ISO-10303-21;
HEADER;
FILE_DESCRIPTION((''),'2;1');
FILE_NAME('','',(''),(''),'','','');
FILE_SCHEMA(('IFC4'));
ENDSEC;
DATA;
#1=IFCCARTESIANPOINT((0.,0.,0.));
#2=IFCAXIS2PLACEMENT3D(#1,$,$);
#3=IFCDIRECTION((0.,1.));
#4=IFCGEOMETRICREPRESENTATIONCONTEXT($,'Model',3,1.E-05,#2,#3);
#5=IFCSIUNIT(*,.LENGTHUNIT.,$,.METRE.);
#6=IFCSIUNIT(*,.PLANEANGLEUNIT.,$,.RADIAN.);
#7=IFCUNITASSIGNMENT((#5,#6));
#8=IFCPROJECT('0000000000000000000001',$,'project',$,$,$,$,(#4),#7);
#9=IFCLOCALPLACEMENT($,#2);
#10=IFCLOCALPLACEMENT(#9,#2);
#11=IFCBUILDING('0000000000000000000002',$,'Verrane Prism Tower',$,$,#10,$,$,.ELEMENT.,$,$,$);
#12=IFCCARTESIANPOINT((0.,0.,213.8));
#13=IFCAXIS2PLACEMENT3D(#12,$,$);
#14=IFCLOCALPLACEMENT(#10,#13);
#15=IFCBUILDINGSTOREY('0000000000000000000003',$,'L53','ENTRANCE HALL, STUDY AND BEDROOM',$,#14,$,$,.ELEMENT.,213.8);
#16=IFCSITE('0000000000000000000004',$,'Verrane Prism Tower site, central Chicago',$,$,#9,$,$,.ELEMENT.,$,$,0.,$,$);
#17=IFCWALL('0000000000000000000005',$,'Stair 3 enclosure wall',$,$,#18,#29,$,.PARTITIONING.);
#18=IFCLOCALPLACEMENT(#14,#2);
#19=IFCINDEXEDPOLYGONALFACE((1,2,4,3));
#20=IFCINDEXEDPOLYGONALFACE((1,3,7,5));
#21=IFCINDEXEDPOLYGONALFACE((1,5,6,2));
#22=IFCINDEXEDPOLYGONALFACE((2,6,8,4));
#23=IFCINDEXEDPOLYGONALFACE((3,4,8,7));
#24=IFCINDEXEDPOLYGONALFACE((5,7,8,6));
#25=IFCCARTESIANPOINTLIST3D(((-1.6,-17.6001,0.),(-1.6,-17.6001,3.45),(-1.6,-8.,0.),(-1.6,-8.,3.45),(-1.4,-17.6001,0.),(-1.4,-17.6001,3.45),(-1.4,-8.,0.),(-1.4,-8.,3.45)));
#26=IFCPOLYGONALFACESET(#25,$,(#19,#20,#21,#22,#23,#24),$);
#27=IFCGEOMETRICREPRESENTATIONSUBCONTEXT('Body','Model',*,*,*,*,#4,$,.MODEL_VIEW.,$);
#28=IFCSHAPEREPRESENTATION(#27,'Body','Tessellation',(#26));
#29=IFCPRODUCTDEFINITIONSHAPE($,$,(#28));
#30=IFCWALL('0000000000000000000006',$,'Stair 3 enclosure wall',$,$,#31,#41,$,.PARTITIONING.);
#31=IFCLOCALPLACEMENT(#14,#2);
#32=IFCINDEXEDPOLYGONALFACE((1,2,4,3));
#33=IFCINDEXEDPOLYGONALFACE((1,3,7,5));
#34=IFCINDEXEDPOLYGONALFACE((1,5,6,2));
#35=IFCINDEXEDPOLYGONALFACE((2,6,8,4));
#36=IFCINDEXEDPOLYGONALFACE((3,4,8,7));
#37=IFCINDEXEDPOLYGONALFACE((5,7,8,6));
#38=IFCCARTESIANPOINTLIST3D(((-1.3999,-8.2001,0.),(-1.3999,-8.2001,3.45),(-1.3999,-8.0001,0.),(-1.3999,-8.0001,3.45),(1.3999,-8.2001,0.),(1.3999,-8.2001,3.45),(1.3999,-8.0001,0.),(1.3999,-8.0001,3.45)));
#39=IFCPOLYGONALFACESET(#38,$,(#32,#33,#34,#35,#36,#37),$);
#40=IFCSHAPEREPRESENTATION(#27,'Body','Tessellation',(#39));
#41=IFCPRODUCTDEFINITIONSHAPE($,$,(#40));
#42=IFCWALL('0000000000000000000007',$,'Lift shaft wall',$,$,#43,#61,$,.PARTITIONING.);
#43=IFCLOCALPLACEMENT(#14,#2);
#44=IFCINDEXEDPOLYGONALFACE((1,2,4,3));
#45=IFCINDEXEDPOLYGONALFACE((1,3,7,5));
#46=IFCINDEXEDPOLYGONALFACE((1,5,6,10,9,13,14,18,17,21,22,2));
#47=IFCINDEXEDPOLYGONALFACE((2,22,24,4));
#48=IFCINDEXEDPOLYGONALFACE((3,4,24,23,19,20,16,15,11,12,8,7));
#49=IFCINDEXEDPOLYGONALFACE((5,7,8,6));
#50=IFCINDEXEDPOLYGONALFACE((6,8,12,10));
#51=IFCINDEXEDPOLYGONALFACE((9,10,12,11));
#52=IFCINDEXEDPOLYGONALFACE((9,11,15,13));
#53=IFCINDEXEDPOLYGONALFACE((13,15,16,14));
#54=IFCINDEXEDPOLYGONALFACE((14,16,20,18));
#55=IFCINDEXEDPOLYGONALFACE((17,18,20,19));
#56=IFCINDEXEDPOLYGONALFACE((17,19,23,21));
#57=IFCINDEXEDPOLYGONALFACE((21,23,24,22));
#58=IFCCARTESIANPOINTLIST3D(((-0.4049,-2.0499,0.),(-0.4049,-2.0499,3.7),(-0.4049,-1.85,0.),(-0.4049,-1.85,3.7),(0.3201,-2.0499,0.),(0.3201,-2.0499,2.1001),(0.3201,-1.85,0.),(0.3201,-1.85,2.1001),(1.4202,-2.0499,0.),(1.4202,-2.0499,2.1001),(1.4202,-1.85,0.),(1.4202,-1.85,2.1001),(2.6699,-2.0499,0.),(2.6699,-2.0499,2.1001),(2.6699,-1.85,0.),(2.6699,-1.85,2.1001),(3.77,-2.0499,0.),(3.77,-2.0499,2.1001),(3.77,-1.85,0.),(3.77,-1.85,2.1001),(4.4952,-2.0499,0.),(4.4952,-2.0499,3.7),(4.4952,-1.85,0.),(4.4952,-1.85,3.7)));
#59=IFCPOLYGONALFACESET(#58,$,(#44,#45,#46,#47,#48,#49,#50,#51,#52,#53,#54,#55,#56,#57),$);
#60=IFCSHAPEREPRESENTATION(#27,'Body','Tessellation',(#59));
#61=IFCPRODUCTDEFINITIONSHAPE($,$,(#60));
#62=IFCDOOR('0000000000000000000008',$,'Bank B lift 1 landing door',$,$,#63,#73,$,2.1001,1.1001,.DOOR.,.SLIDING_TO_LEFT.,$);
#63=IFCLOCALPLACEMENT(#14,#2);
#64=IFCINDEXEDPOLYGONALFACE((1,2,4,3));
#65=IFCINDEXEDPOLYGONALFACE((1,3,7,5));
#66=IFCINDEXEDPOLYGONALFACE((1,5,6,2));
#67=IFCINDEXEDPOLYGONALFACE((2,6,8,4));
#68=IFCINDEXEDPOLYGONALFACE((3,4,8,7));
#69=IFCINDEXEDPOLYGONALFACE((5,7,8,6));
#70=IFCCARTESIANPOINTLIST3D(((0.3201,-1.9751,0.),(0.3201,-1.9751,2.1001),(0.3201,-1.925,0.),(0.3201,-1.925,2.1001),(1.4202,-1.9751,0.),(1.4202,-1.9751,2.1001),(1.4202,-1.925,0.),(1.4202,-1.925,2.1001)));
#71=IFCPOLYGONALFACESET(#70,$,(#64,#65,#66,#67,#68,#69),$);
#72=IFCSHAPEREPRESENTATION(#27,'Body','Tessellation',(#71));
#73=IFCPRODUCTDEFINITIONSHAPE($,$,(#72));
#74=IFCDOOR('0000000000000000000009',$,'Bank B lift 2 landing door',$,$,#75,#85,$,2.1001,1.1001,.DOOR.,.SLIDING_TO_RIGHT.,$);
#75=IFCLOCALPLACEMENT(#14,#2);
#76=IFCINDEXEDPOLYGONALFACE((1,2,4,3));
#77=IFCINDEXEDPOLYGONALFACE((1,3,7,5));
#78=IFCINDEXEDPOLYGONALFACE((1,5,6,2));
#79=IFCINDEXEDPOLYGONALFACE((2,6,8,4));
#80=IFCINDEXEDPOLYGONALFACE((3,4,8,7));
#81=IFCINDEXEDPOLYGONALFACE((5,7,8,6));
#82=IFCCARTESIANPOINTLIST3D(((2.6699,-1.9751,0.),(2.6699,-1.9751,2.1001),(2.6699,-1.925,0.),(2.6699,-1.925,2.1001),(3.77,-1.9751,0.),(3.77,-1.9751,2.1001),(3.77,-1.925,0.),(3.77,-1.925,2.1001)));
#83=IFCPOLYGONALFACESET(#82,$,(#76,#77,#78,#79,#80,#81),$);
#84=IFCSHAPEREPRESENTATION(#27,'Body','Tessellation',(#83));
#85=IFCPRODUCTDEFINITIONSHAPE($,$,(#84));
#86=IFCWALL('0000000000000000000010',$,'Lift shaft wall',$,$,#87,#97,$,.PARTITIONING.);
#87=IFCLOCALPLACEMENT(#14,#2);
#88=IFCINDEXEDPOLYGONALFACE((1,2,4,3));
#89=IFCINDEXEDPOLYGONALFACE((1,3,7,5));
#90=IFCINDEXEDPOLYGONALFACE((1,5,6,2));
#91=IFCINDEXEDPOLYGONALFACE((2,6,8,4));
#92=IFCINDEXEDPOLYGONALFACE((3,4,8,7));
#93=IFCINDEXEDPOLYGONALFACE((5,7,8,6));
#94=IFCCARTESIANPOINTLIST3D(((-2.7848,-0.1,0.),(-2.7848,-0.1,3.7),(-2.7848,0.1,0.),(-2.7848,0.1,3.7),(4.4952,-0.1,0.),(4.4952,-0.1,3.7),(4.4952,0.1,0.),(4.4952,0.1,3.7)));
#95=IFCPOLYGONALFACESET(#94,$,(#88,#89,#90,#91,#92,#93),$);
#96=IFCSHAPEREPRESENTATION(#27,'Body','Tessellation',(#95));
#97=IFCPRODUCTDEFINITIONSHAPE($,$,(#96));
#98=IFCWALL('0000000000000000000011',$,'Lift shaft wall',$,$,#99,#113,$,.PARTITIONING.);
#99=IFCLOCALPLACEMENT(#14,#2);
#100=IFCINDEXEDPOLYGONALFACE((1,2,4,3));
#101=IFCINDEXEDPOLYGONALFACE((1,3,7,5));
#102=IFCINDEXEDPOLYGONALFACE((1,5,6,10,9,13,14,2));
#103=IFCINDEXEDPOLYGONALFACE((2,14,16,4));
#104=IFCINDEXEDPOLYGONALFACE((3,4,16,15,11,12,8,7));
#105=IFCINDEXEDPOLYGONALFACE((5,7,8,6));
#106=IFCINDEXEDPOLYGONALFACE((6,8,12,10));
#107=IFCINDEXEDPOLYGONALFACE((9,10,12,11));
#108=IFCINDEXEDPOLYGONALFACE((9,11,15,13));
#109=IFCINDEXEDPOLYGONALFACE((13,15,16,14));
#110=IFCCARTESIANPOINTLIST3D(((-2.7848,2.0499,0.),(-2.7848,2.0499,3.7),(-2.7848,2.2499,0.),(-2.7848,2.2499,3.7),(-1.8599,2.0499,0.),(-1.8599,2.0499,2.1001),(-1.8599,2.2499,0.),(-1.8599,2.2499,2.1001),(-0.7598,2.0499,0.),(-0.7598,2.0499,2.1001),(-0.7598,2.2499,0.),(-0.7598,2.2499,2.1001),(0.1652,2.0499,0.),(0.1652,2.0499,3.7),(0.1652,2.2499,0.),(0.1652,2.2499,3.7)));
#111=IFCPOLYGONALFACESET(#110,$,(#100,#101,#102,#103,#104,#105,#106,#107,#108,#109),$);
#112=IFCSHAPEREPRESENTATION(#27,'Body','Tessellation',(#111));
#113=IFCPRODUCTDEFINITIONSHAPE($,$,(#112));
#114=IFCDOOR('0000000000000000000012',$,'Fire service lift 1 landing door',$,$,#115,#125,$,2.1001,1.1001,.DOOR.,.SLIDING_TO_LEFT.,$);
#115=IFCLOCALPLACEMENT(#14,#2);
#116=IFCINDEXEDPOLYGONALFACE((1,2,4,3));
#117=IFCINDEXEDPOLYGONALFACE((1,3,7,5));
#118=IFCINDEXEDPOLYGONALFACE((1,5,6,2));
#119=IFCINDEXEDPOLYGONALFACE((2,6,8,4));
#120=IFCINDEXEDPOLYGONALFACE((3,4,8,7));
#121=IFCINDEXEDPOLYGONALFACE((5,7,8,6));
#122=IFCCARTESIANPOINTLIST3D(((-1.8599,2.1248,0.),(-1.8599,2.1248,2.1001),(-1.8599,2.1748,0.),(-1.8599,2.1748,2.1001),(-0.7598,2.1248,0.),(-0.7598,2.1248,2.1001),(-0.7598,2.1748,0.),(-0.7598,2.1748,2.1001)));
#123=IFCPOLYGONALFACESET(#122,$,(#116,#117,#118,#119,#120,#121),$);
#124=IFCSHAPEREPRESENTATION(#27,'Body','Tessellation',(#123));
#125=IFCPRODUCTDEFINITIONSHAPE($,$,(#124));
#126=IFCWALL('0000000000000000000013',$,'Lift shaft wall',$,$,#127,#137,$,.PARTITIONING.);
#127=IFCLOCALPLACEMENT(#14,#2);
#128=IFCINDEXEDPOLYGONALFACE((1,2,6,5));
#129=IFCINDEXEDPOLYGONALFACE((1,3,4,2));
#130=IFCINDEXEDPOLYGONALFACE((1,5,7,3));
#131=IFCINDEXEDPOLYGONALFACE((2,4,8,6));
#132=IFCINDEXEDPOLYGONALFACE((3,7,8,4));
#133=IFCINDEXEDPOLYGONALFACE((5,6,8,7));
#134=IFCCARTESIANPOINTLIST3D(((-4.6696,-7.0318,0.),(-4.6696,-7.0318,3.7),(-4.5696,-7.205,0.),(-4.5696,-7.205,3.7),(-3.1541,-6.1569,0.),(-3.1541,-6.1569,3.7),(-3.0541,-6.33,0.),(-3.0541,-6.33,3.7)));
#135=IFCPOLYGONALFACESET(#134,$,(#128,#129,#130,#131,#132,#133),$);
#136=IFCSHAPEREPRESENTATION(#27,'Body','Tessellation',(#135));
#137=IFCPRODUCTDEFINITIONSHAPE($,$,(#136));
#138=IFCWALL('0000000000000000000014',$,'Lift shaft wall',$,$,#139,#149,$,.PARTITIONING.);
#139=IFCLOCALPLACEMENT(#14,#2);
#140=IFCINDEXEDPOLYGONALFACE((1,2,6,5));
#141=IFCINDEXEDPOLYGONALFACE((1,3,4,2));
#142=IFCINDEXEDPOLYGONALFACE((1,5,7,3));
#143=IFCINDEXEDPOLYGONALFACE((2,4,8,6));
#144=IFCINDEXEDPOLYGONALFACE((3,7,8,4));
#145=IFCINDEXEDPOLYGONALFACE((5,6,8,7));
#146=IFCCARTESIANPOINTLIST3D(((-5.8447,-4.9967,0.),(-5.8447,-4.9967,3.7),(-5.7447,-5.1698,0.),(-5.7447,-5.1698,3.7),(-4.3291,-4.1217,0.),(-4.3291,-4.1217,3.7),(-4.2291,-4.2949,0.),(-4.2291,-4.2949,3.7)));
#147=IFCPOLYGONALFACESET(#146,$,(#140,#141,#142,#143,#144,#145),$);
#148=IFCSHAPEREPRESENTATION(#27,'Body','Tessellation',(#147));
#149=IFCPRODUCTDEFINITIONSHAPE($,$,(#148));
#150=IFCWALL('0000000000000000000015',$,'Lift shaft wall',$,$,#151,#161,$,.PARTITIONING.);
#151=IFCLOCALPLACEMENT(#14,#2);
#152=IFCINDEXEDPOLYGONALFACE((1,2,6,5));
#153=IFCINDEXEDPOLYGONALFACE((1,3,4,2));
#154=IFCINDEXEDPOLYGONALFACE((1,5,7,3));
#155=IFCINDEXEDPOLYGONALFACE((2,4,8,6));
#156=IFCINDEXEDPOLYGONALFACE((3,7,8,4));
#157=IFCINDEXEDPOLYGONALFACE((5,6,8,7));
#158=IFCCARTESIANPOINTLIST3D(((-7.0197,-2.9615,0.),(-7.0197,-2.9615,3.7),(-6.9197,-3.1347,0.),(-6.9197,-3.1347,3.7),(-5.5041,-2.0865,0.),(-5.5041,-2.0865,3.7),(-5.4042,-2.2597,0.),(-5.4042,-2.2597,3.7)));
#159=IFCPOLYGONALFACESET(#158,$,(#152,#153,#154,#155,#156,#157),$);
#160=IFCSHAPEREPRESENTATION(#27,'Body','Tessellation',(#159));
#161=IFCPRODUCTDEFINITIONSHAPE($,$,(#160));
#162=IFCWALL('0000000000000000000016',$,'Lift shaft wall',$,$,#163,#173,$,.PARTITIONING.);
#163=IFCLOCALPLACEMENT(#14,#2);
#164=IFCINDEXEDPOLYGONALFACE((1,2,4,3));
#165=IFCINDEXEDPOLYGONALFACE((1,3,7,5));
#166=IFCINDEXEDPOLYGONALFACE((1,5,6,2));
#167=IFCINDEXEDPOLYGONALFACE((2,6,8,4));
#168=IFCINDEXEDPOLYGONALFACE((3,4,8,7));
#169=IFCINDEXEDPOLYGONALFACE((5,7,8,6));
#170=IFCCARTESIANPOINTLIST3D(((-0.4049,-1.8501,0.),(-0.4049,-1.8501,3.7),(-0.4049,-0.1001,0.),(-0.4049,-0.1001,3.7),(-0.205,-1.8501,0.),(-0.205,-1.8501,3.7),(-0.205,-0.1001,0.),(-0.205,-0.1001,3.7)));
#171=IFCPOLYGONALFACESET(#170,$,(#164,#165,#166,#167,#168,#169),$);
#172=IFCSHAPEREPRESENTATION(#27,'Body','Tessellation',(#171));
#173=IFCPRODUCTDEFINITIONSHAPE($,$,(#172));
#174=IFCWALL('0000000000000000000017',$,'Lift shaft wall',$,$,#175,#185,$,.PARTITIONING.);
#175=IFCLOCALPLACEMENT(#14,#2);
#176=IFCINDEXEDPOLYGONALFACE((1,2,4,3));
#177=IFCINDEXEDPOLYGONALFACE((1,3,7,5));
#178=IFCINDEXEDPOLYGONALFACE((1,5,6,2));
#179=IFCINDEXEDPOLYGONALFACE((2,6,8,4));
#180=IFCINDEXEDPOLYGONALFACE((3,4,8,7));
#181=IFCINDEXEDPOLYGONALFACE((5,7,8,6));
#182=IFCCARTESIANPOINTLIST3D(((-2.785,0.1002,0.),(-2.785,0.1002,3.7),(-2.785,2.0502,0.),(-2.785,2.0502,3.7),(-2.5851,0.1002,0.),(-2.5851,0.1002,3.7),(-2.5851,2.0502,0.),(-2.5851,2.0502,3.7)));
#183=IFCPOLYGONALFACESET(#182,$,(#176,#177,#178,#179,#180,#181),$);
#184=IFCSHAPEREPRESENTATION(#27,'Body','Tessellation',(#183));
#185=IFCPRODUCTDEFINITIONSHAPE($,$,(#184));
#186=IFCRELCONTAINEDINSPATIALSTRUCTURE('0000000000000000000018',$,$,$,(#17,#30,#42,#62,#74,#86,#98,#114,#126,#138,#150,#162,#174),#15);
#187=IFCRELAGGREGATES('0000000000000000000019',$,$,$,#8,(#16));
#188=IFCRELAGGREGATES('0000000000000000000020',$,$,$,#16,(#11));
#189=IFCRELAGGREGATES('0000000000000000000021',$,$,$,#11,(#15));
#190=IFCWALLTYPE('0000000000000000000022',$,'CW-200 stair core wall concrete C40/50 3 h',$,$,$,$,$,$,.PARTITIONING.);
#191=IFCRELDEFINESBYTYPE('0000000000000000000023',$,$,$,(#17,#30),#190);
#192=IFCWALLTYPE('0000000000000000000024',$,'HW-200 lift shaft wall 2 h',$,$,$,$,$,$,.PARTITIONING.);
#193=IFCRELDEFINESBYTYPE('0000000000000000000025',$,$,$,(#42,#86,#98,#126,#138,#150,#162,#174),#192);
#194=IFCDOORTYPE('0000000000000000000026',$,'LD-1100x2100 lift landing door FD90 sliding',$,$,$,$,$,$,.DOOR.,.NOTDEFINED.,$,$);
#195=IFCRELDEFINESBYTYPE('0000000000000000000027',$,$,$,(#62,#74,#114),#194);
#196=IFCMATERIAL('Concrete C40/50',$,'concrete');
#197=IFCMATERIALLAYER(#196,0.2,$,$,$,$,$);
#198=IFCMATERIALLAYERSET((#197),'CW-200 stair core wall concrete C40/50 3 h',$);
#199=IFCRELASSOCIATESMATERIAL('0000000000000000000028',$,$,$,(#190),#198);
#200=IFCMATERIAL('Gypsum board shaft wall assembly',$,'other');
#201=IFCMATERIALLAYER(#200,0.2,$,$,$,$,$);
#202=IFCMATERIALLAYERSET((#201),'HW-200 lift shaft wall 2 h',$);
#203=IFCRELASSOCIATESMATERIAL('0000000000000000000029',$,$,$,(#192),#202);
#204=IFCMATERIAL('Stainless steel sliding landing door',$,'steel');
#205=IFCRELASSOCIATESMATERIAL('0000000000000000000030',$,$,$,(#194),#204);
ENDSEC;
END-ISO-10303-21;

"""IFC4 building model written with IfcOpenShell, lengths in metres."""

from ifc_helpers import new_model, si_unit, direction, frame, frame_2d, origin, place, context, subcontext, project, spatial, rectangle, extrude, material, layer, layer_set, type_object, element, fill, save


model = new_model("IFC4")

# Units and contexts
model_context = context("Model", 3, precision=1e-05, world=origin(), true_north=direction((0.0, 1.0)))
body_context = subcontext(model_context, "Body", "Model", "MODEL_VIEW")
ifc_project = project(units=[si_unit("LENGTHUNIT", "METRE"), si_unit("PLANEANGLEUNIT", "RADIAN")], contexts=[model_context])

# Site, building, storey
site_placement = place(None, origin())
site = spatial("IfcSite", under=ifc_project, at=site_placement, Name="Verrane Prism Tower site, central Chicago", CompositionType="ELEMENT", RefElevation=0.0)
building_placement = place(site_placement, origin())
building = spatial("IfcBuilding", under=site, at=building_placement, Name="Verrane Prism Tower", CompositionType="ELEMENT")
storey_placement = place(building_placement, frame((0.0, 0.0, 213.8)))
storey = spatial("IfcBuildingStorey", under=building, at=storey_placement, Name="L53", Description="ENTRANCE HALL, STUDY AND BEDROOM", CompositionType="ELEMENT", Elevation=213.8)

# Walls
ifc_material_1 = material(Name="Concrete C40/50", Category="concrete")
ifc_layer_1 = layer(ifc_material_1, 0.2)
ifc_layer_set_1 = layer_set([ifc_layer_1], Name="CW-200 stair core wall concrete C40/50 3 h")
wall_type_1 = type_object("IfcWallType", Name="CW-200 stair core wall concrete C40/50 3 h", PredefinedType="PARTITIONING", material=ifc_layer_set_1)
wall_1_placement = place(storey_placement, frame((-1.5, -8.0, 0.0), z_axis=(0.0, 0.0, 1.0), x_axis=(0.0, -1.0, 0.0)))
element("IfcWall", 1, at=wall_1_placement, inside=storey, type_object=wall_type_1, Name="Stair 3 enclosure wall", PredefinedType="PARTITIONING", context=body_context, shape_type="SweptSolid", body=[
    extrude(rectangle(XDim=9.6001, YDim=0.2, at=frame_2d((4.8, 0.0))), origin(), (0.0, 0.0, 1.0), 3.45),
])
wall_2_placement = place(storey_placement, frame((-1.3999, -8.1001, 0.0), z_axis=(0.0, 0.0, 1.0), x_axis=(1.0, 0.0, 0.0)))
element("IfcWall", 2, at=wall_2_placement, inside=storey, type_object=wall_type_1, Name="Stair 3 enclosure wall", PredefinedType="PARTITIONING", context=body_context, shape_type="SweptSolid", body=[
    extrude(rectangle(XDim=2.7998, YDim=0.2, at=frame_2d((1.3999, 0.0))), origin(), (0.0, 0.0, 1.0), 3.45),
])

# Wall, openings, doors
ifc_material_2 = material(Name="Gypsum board shaft wall assembly", Category="other")
ifc_layer_2 = layer(ifc_material_2, 0.2)
ifc_layer_set_2 = layer_set([ifc_layer_2], Name="HW-200 lift shaft wall 2 h")
wall_type_2 = type_object("IfcWallType", Name="HW-200 lift shaft wall 2 h", PredefinedType="PARTITIONING", material=ifc_layer_set_2)
wall_3_placement = place(storey_placement, frame((-0.405, -1.95, 0.0), z_axis=(0.0, 0.0, 1.0), x_axis=(1.0, 0.0, 0.0)))
wall_3 = element("IfcWall", 3, at=wall_3_placement, inside=storey, type_object=wall_type_2, Name="Lift shaft wall", PredefinedType="PARTITIONING", context=body_context, shape_type="SweptSolid", body=[
    extrude(rectangle(XDim=4.9001, YDim=0.2, at=frame_2d((2.4502, 0.0))), origin(), (0.0, 0.0, 1.0), 3.7),
])
opening_1_placement = place(wall_3_placement, frame((0.7251, 0.0, 0.0)))
opening_1 = element("IfcOpeningElement", 4, at=opening_1_placement, cuts=wall_3, PredefinedType="OPENING", context=body_context, shape_type="SweptSolid", body=[
    extrude(rectangle(XDim=1.1001, YDim=2.1001, at=frame_2d((0.55, 1.05))), frame((0.0, 0.1099, 0.0), z_axis=(0.0, -1.0, 0.0), x_axis=(1.0, 0.0, 0.0)), (0.0, 0.0, 1.0), 0.22),
])
opening_2_placement = place(wall_3_placement, frame((3.075, 0.0, 0.0)))
opening_2 = element("IfcOpeningElement", 5, at=opening_2_placement, cuts=wall_3, PredefinedType="OPENING", context=body_context, shape_type="SweptSolid", body=[
    extrude(rectangle(XDim=1.1001, YDim=2.1001, at=frame_2d((0.55, 1.05))), frame((0.0, 0.1099, 0.0), z_axis=(0.0, -1.0, 0.0), x_axis=(1.0, 0.0, 0.0)), (0.0, 0.0, 1.0), 0.22),
])
ifc_material_3 = material(Name="Stainless steel sliding landing door", Category="steel")
door_type_1 = type_object("IfcDoorType", Name="LD-1100x2100 lift landing door FD90 sliding", OperationType="NOTDEFINED", PredefinedType="DOOR", material=ifc_material_3)
door_1_placement = place(opening_1_placement, origin())
door_1 = element("IfcDoor", 6, at=door_1_placement, inside=storey, type_object=door_type_1, Name="Bank B lift 1 landing door", OperationType="SLIDING_TO_LEFT", OverallHeight=2.1001, OverallWidth=1.1001, PredefinedType="DOOR", context=body_context, shape_type="SweptSolid", body=[
    extrude(rectangle(XDim=1.1001, YDim=2.1001, at=frame_2d((0.55, 1.05))), frame((0.0, 0.0249, 0.0), z_axis=(0.0, -1.0, 0.0), x_axis=(1.0, 0.0, 0.0)), (0.0, 0.0, 1.0), 0.05),
])
fill(opening_1, door_1)
door_2_placement = place(opening_2_placement, origin())
door_2 = element("IfcDoor", 7, at=door_2_placement, inside=storey, type_object=door_type_1, Name="Bank B lift 2 landing door", OperationType="SLIDING_TO_RIGHT", OverallHeight=2.1001, OverallWidth=1.1001, PredefinedType="DOOR", context=body_context, shape_type="SweptSolid", body=[
    extrude(rectangle(XDim=1.1001, YDim=2.1001, at=frame_2d((0.55, 1.05))), frame((0.0, 0.0249, 0.0), z_axis=(0.0, -1.0, 0.0), x_axis=(1.0, 0.0, 0.0)), (0.0, 0.0, 1.0), 0.05),
])
fill(opening_2, door_2)

# Wall
wall_4_placement = place(storey_placement, frame((-2.7849, 0.0, 0.0), z_axis=(0.0, 0.0, 1.0), x_axis=(1.0, 0.0, 0.0)))
element("IfcWall", 8, at=wall_4_placement, inside=storey, type_object=wall_type_2, Name="Lift shaft wall", PredefinedType="PARTITIONING", context=body_context, shape_type="SweptSolid", body=[
    extrude(rectangle(XDim=7.28, YDim=0.2, at=frame_2d((3.6401, 0.0))), origin(), (0.0, 0.0, 1.0), 3.7),
])

# Wall, opening, door
wall_5_placement = place(storey_placement, frame((-2.7849, 2.1499, 0.0), z_axis=(0.0, 0.0, 1.0), x_axis=(1.0, 0.0, 0.0)))
wall_5 = element("IfcWall", 9, at=wall_5_placement, inside=storey, type_object=wall_type_2, Name="Lift shaft wall", PredefinedType="PARTITIONING", context=body_context, shape_type="SweptSolid", body=[
    extrude(rectangle(XDim=2.95, YDim=0.2, at=frame_2d((1.4751, 0.0))), origin(), (0.0, 0.0, 1.0), 3.7),
])
opening_3_placement = place(wall_5_placement, frame((0.925, 0.0, 0.0)))
opening_3 = element("IfcOpeningElement", 10, at=opening_3_placement, cuts=wall_5, PredefinedType="OPENING", context=body_context, shape_type="SweptSolid", body=[
    extrude(rectangle(XDim=1.1001, YDim=2.1001, at=frame_2d((0.55, 1.05))), frame((0.0, 0.1099, 0.0), z_axis=(0.0, -1.0, 0.0), x_axis=(1.0, 0.0, 0.0)), (0.0, 0.0, 1.0), 0.22),
])
door_3_placement = place(opening_3_placement, origin())
door_3 = element("IfcDoor", 11, at=door_3_placement, inside=storey, type_object=door_type_1, Name="Fire service lift 1 landing door", OperationType="SLIDING_TO_LEFT", OverallHeight=2.1001, OverallWidth=1.1001, PredefinedType="DOOR", context=body_context, shape_type="SweptSolid", body=[
    extrude(rectangle(XDim=1.1001, YDim=2.1001, at=frame_2d((0.55, 1.05))), frame((0.0, 0.0249, 0.0), z_axis=(0.0, -1.0, 0.0), x_axis=(1.0, 0.0, 0.0)), (0.0, 0.0, 1.0), 0.05),
])
fill(opening_3, door_3)

# Walls
for number, where, z_axis, x_axis, name in (
    (12, (-4.6196, -7.1184, 0.0), (0.0, 0.0, 1.0), (0.866037, 0.49998, 0.0), "Lift shaft wall"),
    (13, (-5.7947, -5.0833, 0.0), (0.0, 0.0, 1.0), (0.866037, 0.49998, 0.0), "Lift shaft wall"),
    (14, (-6.9697, -3.0481, 0.0), (0.0, 0.0, 1.0), (0.866037, 0.49998, 0.0), "Lift shaft wall"),
    (15, (-0.3049, -1.8501, 0.0), (0.0, 0.0, 1.0), (0.0, 1.0, 0.0), "Lift shaft wall"),
):
    element("IfcWall", number, at=place(storey_placement, frame(where, z_axis=z_axis, x_axis=x_axis)), inside=storey, type_object=wall_type_2, Name=name, PredefinedType="PARTITIONING", context=body_context, shape_type="SweptSolid", body=[
        extrude(rectangle(XDim=1.75, YDim=0.2, at=frame_2d((0.875, 0.0))), origin(), (0.0, 0.0, 1.0), 3.7),
    ])
wall_6_placement = place(storey_placement, frame((-2.6851, 0.1001, 0.0), z_axis=(0.0, 0.0, 1.0), x_axis=(0.0, 1.0, 0.0)))
element("IfcWall", 16, at=wall_6_placement, inside=storey, type_object=wall_type_2, Name="Lift shaft wall", PredefinedType="PARTITIONING", context=body_context, shape_type="SweptSolid", body=[
    extrude(rectangle(XDim=1.95, YDim=0.2, at=frame_2d((0.9751, 0.0))), origin(), (0.0, 0.0, 1.0), 3.7),
])

save(model, "model.ifc")
